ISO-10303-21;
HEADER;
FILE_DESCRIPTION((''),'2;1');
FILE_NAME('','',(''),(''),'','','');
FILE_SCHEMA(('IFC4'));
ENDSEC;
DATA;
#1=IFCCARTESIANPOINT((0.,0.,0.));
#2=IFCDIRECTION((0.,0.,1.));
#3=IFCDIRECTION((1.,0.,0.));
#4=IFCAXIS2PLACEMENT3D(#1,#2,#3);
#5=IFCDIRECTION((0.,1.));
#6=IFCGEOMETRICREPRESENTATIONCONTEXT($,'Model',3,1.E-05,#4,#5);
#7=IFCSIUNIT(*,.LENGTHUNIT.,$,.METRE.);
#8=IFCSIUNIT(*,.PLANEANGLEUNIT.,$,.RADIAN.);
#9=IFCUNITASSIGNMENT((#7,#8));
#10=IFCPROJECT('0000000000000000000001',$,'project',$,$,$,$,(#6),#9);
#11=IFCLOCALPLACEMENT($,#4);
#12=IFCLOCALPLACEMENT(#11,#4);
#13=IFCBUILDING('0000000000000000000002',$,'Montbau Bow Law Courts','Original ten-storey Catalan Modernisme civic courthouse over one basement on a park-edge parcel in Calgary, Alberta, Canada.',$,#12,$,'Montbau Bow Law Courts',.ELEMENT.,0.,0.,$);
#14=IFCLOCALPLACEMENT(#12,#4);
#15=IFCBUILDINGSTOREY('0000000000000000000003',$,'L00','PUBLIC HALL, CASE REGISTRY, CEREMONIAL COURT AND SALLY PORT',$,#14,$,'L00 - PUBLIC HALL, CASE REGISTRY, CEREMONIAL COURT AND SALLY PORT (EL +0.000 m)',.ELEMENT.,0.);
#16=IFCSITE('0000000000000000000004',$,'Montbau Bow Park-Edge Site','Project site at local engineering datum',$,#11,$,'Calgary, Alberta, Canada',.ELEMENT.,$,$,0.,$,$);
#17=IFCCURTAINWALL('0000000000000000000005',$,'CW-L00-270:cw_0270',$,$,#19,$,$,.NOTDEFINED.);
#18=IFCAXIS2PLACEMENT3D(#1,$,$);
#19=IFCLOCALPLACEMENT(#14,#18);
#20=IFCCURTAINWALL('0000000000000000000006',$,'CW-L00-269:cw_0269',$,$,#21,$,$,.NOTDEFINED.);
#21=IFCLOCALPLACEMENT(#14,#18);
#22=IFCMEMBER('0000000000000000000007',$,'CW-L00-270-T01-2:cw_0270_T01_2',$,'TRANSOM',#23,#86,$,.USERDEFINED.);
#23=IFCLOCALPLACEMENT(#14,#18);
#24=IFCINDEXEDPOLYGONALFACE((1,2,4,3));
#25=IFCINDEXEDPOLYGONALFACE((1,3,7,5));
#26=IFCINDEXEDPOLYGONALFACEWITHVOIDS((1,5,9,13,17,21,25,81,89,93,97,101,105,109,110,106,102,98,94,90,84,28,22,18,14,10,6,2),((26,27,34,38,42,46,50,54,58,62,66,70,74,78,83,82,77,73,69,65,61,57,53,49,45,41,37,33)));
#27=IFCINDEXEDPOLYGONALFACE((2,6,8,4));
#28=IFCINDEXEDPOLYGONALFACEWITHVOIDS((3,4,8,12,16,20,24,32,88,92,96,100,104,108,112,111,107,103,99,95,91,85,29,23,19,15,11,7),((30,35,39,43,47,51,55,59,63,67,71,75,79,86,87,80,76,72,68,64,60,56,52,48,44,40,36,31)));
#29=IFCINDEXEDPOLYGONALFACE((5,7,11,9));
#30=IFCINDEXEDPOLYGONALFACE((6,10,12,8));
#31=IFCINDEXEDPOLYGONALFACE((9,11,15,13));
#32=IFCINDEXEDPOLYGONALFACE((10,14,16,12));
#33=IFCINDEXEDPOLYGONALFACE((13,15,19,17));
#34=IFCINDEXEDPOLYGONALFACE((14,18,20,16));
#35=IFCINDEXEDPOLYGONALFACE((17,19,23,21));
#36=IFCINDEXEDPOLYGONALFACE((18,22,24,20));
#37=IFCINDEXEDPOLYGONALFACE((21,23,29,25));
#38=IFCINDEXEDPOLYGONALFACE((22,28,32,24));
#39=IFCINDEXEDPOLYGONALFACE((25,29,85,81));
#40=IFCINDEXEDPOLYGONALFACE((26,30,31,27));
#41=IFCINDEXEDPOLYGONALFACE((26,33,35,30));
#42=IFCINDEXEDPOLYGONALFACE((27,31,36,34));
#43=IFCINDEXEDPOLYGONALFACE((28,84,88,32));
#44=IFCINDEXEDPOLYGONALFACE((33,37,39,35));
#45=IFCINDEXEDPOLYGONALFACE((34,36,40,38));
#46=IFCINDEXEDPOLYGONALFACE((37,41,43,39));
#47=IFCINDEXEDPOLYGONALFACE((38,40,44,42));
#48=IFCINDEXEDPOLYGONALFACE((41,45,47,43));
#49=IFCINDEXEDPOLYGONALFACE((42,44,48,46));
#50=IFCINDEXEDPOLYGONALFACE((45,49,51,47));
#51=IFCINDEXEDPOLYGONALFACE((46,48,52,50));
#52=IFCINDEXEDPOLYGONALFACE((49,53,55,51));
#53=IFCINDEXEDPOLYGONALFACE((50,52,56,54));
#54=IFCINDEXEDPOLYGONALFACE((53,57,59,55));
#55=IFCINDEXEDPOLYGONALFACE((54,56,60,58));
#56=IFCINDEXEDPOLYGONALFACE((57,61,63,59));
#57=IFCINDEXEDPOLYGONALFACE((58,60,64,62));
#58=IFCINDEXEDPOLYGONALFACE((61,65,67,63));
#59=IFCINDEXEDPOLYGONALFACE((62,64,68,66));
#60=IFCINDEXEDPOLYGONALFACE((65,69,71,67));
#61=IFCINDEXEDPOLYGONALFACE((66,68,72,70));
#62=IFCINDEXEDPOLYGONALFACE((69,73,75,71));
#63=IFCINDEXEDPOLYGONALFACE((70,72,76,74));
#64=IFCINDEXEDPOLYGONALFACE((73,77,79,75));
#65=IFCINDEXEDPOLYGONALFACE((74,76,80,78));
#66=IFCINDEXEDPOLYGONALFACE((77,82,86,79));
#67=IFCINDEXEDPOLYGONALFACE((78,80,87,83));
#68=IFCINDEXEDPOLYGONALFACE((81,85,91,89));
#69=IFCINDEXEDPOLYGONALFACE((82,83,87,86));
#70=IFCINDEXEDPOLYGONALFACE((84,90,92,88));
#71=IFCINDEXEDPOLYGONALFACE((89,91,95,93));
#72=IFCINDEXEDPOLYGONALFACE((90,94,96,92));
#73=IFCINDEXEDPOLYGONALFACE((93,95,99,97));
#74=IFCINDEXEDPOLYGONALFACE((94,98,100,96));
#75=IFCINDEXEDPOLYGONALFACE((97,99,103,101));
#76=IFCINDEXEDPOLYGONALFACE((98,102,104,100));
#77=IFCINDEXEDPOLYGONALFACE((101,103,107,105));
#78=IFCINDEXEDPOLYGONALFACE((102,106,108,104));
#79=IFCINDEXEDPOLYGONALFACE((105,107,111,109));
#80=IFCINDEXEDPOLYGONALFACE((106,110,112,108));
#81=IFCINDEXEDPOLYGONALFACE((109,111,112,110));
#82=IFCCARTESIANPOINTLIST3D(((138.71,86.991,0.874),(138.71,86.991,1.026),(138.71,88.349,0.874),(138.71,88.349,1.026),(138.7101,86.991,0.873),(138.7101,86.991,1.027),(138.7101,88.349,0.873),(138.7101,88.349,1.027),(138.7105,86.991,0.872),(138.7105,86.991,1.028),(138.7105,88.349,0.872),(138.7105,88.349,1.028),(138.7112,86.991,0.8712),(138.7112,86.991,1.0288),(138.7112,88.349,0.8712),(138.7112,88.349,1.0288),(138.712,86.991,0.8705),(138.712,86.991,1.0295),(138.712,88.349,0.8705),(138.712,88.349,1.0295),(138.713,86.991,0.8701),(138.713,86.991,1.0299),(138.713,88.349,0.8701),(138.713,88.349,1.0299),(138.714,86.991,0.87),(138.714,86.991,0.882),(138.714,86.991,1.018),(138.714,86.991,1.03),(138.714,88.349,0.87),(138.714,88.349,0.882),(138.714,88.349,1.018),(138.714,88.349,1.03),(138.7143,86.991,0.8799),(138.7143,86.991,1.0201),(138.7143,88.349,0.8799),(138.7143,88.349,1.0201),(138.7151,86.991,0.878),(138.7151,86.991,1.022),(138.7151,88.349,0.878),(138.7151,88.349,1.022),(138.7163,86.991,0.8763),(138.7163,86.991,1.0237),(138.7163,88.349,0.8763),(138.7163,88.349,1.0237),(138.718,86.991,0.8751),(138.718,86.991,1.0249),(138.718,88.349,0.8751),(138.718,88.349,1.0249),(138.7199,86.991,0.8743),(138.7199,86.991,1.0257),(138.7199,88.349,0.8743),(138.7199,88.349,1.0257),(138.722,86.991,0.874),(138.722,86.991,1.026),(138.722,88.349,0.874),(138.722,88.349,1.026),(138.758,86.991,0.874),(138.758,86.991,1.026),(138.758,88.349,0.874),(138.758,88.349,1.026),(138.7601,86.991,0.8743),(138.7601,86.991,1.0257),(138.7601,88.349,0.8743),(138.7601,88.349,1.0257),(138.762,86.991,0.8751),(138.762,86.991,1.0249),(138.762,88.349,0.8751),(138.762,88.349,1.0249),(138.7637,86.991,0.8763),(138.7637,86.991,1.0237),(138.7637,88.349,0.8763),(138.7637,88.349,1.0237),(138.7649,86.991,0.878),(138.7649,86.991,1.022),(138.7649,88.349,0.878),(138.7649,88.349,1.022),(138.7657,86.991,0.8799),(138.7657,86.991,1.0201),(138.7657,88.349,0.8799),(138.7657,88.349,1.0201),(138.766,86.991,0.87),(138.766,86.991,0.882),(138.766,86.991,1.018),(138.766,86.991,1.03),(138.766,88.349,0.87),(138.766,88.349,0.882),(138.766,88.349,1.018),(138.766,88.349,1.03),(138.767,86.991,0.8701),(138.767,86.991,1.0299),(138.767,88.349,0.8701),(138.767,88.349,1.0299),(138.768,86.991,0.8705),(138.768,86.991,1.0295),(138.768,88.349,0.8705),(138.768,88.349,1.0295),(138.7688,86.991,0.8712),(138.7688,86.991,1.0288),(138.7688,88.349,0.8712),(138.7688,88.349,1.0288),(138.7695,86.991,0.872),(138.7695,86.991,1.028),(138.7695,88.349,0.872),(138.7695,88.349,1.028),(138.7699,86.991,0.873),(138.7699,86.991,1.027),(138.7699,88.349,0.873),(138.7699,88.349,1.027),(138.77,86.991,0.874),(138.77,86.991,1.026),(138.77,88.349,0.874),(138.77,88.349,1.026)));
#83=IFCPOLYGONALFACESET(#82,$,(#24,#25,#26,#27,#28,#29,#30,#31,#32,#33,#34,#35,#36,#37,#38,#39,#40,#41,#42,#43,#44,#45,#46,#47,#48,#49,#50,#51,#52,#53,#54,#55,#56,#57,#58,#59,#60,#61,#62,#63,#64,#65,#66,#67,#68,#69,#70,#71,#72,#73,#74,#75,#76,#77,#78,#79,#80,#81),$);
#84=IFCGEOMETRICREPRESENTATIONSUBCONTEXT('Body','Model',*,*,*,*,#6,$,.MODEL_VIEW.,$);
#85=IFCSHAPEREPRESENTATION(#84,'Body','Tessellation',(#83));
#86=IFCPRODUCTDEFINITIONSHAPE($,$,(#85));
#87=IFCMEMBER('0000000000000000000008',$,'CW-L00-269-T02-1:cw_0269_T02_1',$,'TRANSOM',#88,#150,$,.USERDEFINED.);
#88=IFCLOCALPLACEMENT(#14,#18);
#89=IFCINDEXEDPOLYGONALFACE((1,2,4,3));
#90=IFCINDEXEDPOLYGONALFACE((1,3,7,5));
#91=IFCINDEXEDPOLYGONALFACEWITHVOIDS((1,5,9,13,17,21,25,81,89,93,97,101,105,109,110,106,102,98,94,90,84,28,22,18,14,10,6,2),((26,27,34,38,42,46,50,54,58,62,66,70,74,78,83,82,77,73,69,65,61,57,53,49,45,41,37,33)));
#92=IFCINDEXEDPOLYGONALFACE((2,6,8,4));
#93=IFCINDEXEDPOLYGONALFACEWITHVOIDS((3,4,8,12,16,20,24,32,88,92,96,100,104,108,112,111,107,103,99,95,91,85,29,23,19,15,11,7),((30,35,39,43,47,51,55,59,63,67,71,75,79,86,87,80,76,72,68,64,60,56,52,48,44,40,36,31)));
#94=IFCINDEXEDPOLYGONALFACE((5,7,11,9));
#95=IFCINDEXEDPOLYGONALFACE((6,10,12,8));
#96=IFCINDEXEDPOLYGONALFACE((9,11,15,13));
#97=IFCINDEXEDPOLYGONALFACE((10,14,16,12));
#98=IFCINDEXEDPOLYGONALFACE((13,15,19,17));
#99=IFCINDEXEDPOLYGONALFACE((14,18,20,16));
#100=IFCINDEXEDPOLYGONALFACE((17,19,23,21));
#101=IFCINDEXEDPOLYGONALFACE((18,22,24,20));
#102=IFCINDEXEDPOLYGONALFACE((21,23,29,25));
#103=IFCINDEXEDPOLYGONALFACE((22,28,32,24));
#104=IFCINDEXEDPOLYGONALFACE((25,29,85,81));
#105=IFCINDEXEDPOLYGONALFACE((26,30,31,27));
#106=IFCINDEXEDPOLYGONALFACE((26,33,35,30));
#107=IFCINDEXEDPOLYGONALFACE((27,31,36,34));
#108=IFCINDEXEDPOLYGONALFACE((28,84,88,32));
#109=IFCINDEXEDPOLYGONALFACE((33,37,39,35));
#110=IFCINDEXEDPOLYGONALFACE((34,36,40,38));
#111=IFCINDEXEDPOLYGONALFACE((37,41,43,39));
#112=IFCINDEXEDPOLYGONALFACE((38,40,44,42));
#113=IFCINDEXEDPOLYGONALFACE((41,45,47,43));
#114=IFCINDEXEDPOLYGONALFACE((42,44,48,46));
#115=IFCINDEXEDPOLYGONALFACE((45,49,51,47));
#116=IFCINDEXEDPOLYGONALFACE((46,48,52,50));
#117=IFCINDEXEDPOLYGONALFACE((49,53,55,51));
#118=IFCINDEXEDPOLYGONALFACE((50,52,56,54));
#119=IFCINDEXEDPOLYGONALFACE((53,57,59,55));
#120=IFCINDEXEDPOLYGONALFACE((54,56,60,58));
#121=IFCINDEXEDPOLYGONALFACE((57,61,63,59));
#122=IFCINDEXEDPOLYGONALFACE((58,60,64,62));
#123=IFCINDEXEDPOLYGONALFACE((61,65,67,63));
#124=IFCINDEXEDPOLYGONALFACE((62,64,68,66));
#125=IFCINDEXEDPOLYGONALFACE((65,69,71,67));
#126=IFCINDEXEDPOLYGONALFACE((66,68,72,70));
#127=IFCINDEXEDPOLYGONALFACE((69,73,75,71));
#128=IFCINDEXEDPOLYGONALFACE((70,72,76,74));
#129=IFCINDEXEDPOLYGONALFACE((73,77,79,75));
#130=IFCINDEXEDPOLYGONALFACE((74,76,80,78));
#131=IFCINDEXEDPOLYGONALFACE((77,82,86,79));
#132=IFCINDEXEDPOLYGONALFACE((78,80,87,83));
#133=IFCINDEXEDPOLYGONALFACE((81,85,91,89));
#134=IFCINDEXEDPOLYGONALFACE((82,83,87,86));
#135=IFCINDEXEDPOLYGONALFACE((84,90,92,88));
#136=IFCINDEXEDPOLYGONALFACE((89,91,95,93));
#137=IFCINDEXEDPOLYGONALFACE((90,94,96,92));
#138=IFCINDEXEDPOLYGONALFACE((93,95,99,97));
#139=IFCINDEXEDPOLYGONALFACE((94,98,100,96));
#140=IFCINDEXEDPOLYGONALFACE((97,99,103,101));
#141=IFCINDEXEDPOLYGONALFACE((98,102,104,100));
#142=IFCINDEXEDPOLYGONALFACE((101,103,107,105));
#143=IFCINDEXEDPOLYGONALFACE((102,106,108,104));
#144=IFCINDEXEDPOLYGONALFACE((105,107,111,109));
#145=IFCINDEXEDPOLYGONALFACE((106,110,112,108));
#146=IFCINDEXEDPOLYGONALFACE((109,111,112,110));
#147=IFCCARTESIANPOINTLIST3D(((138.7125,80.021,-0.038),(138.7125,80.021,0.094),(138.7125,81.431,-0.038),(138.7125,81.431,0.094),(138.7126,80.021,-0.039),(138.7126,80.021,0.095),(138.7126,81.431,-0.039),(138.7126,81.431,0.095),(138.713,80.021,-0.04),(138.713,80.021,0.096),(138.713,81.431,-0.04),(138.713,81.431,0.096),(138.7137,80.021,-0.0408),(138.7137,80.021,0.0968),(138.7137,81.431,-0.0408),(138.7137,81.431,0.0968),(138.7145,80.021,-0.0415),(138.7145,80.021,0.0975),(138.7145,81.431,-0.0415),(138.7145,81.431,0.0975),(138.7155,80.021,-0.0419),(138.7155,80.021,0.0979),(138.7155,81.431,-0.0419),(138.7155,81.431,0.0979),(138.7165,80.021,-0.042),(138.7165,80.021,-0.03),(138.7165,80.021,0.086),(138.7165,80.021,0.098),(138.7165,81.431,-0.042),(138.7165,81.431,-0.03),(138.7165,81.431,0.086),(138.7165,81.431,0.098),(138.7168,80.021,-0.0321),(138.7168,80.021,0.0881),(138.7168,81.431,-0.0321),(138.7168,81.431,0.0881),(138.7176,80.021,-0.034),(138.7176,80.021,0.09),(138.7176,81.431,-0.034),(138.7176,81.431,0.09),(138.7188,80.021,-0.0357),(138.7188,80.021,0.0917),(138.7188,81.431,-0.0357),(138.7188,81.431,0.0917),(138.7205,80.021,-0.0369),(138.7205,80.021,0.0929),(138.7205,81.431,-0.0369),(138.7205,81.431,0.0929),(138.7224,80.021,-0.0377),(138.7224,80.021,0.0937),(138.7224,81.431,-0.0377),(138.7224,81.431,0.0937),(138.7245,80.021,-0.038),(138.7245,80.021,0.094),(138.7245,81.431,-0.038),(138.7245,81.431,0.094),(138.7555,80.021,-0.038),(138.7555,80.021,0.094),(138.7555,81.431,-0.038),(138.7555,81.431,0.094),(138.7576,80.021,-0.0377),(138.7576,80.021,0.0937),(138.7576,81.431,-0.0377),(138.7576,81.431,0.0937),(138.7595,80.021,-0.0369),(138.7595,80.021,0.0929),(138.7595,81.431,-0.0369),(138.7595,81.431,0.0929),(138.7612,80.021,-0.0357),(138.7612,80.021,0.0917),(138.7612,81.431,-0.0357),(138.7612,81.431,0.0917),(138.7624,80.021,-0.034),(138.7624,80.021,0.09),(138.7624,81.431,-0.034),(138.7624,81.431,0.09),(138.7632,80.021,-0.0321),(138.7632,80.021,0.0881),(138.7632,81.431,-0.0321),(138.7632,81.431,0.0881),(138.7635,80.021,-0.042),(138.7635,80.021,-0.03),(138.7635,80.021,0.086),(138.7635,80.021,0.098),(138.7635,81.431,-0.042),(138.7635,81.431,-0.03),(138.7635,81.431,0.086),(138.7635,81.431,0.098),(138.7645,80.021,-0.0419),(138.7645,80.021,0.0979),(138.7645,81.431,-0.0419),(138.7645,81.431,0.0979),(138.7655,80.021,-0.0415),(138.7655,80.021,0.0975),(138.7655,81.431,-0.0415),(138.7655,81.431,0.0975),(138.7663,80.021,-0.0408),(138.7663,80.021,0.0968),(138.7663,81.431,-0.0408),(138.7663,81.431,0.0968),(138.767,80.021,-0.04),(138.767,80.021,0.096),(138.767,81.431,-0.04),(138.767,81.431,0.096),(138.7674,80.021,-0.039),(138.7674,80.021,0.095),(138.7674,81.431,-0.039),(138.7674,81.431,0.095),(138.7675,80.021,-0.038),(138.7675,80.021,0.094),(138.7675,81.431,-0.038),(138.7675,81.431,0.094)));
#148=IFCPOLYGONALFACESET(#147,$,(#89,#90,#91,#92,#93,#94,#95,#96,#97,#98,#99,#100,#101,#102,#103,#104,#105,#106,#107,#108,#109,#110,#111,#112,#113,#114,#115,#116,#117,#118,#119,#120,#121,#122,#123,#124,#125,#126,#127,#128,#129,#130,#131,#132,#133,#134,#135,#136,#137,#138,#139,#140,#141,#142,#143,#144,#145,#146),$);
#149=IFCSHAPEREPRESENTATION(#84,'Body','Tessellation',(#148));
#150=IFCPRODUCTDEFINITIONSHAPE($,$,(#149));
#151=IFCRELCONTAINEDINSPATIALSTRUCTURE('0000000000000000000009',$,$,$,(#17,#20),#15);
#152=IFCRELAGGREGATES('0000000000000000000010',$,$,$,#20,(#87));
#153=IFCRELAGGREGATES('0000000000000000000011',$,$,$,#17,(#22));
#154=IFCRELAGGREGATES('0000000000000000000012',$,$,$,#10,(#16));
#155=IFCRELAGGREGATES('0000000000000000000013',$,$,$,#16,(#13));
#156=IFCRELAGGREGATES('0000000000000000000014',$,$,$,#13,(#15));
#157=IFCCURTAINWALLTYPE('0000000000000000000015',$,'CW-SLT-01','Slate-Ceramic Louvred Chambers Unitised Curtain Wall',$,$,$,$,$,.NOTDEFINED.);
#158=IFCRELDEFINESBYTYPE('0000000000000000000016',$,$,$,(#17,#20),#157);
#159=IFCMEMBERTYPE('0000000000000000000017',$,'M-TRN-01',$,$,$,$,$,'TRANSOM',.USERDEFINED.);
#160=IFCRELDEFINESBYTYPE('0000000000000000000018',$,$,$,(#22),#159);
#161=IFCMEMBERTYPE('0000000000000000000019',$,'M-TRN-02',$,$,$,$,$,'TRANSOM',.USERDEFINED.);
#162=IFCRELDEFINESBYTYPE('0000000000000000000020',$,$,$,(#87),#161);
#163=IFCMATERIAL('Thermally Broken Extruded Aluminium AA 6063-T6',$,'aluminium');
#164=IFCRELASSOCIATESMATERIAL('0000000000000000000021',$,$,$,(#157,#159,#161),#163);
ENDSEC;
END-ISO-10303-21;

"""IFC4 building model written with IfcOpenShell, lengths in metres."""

from ifc_helpers import new_model, si_unit, direction, frame, origin_with_axes, origin_2d_with_axis, place, context, subcontext, project, spatial, hollow_rectangle, extrude, material, material_profile, profile_set, type_object, element, aggregate, save


model = new_model("IFC4")

# Units and contexts
model_context = context("Model", 3, precision=1e-05, world=origin_with_axes(), true_north=direction((0.0, 1.0)))
body_context = subcontext(model_context, "Body", "Model", "MODEL_VIEW")
ifc_project = project(units=[si_unit("LENGTHUNIT", "METRE"), si_unit("PLANEANGLEUNIT", "RADIAN")], contexts=[model_context])

# Site, building, storey
site_placement = place(None, origin_with_axes())
site = spatial("IfcSite", under=ifc_project, at=site_placement, Name="Montbau Bow Park-Edge Site", Description="Project site at local engineering datum", LongName="Calgary, Alberta, Canada", CompositionType="ELEMENT", RefElevation=0.0)
building_placement = place(site_placement, origin_with_axes())
building = spatial("IfcBuilding", under=site, at=building_placement, Name="Montbau Bow Law Courts", Description="Original ten-storey Catalan Modernisme civic courthouse over one basement on a park-edge parcel in Calgary, Alberta, Canada.", LongName="Montbau Bow Law Courts", CompositionType="ELEMENT", ElevationOfRefHeight=0.0, ElevationOfTerrain=0.0)
storey_placement = place(building_placement, origin_with_axes())
storey = spatial("IfcBuildingStorey", under=building, at=storey_placement, Name="L00", Description="PUBLIC HALL, CASE REGISTRY, CEREMONIAL COURT AND SALLY PORT", LongName="L00 - PUBLIC HALL, CASE REGISTRY, CEREMONIAL COURT AND SALLY PORT (EL +0.000 m)", CompositionType="ELEMENT", Elevation=0.0)

# Curtain wall
ifc_material_1 = material(Name="Thermally Broken Extruded Aluminium AA 6063-T6", Category="aluminium")
curtain_wall_type = type_object("IfcCurtainWallType", Name="CW-SLT-01", Description="Slate-Ceramic Louvred Chambers Unitised Curtain Wall", PredefinedType="NOTDEFINED", material=ifc_material_1)
curtain_wall_1_placement = place(None, frame((138.74, 86.915, 0.0), z_axis=(0.0, 0.0, 1.0), x_axis=(1.0, 0.0, 0.0)))
curtain_wall_1 = element("IfcCurtainWall", 1, at=curtain_wall_1_placement, inside=storey, type_object=curtain_wall_type, Name="CW-L00-270:cw_0270", PredefinedType="NOTDEFINED")

# Curtain wall
curtain_wall_2_placement = place(None, frame((138.74, 78.515, 0.0), z_axis=(0.0, 0.0, 1.0), x_axis=(1.0, 0.0, 0.0)))
curtain_wall_2 = element("IfcCurtainWall", 2, at=curtain_wall_2_placement, inside=storey, type_object=curtain_wall_type, Name="CW-L00-269:cw_0269", PredefinedType="NOTDEFINED")

# Members
ifc_material_profile_1 = material_profile(ifc_material_1, hollow_rectangle(XDim=0.06, YDim=0.16, WallThickness=0.004, InnerFilletRadius=0.008, OuterFilletRadius=0.004, at=origin_2d_with_axis()), Name="CWT-160X60", Category="Main", Priority=0)
ifc_profile_set_1 = profile_set([ifc_material_profile_1], Name="Thermally Broken Extruded Aluminium AA 6063-T6")
member_type_1 = type_object("IfcMemberType", Name="M-TRN-01", ElementType="TRANSOM", PredefinedType="USERDEFINED", material=ifc_profile_set_1)
member_1_placement = place(None, frame((138.74, 86.991, 0.95), z_axis=(0.0, 1.0, 0.0), x_axis=(-1.0, 0.0, 0.0)))
member_1 = element("IfcMember", 3, at=member_1_placement, type_object=member_type_1, Name="CW-L00-270-T01-2:cw_0270_T01_2", ObjectType="TRANSOM", PredefinedType="USERDEFINED", context=body_context, shape_type="SweptSolid", body=[
    extrude(hollow_rectangle(XDim=0.06, YDim=0.16, WallThickness=0.004, InnerFilletRadius=0.008, OuterFilletRadius=0.004, at=origin_2d_with_axis()), origin_with_axes(), (0.0, 0.0, 1.0), 1.358),
])
ifc_material_profile_2 = material_profile(ifc_material_1, hollow_rectangle(XDim=0.055, YDim=0.14, WallThickness=0.004, InnerFilletRadius=0.008, OuterFilletRadius=0.004, at=origin_2d_with_axis()), Name="CWT-140X55", Category="Main", Priority=0)
ifc_profile_set_2 = profile_set([ifc_material_profile_2], Name="Thermally Broken Extruded Aluminium AA 6063-T6")
member_type_2 = type_object("IfcMemberType", Name="M-TRN-02", ElementType="TRANSOM", PredefinedType="USERDEFINED", material=ifc_profile_set_2)
member_2_placement = place(None, frame((138.74, 80.021, 0.028), z_axis=(0.0, 1.0, 0.0), x_axis=(-1.0, 0.0, 0.0)))
member_2 = element("IfcMember", 4, at=member_2_placement, type_object=member_type_2, Name="CW-L00-269-T02-1:cw_0269_T02_1", ObjectType="TRANSOM", PredefinedType="USERDEFINED", context=body_context, shape_type="SweptSolid", body=[
    extrude(hollow_rectangle(XDim=0.055, YDim=0.14, WallThickness=0.004, InnerFilletRadius=0.008, OuterFilletRadius=0.004, at=origin_2d_with_axis()), origin_with_axes(), (0.0, 0.0, 1.0), 1.41),
])

aggregate(curtain_wall_2, [member_2])
aggregate(curtain_wall_1, [member_1])

save(model, "model.ifc")
